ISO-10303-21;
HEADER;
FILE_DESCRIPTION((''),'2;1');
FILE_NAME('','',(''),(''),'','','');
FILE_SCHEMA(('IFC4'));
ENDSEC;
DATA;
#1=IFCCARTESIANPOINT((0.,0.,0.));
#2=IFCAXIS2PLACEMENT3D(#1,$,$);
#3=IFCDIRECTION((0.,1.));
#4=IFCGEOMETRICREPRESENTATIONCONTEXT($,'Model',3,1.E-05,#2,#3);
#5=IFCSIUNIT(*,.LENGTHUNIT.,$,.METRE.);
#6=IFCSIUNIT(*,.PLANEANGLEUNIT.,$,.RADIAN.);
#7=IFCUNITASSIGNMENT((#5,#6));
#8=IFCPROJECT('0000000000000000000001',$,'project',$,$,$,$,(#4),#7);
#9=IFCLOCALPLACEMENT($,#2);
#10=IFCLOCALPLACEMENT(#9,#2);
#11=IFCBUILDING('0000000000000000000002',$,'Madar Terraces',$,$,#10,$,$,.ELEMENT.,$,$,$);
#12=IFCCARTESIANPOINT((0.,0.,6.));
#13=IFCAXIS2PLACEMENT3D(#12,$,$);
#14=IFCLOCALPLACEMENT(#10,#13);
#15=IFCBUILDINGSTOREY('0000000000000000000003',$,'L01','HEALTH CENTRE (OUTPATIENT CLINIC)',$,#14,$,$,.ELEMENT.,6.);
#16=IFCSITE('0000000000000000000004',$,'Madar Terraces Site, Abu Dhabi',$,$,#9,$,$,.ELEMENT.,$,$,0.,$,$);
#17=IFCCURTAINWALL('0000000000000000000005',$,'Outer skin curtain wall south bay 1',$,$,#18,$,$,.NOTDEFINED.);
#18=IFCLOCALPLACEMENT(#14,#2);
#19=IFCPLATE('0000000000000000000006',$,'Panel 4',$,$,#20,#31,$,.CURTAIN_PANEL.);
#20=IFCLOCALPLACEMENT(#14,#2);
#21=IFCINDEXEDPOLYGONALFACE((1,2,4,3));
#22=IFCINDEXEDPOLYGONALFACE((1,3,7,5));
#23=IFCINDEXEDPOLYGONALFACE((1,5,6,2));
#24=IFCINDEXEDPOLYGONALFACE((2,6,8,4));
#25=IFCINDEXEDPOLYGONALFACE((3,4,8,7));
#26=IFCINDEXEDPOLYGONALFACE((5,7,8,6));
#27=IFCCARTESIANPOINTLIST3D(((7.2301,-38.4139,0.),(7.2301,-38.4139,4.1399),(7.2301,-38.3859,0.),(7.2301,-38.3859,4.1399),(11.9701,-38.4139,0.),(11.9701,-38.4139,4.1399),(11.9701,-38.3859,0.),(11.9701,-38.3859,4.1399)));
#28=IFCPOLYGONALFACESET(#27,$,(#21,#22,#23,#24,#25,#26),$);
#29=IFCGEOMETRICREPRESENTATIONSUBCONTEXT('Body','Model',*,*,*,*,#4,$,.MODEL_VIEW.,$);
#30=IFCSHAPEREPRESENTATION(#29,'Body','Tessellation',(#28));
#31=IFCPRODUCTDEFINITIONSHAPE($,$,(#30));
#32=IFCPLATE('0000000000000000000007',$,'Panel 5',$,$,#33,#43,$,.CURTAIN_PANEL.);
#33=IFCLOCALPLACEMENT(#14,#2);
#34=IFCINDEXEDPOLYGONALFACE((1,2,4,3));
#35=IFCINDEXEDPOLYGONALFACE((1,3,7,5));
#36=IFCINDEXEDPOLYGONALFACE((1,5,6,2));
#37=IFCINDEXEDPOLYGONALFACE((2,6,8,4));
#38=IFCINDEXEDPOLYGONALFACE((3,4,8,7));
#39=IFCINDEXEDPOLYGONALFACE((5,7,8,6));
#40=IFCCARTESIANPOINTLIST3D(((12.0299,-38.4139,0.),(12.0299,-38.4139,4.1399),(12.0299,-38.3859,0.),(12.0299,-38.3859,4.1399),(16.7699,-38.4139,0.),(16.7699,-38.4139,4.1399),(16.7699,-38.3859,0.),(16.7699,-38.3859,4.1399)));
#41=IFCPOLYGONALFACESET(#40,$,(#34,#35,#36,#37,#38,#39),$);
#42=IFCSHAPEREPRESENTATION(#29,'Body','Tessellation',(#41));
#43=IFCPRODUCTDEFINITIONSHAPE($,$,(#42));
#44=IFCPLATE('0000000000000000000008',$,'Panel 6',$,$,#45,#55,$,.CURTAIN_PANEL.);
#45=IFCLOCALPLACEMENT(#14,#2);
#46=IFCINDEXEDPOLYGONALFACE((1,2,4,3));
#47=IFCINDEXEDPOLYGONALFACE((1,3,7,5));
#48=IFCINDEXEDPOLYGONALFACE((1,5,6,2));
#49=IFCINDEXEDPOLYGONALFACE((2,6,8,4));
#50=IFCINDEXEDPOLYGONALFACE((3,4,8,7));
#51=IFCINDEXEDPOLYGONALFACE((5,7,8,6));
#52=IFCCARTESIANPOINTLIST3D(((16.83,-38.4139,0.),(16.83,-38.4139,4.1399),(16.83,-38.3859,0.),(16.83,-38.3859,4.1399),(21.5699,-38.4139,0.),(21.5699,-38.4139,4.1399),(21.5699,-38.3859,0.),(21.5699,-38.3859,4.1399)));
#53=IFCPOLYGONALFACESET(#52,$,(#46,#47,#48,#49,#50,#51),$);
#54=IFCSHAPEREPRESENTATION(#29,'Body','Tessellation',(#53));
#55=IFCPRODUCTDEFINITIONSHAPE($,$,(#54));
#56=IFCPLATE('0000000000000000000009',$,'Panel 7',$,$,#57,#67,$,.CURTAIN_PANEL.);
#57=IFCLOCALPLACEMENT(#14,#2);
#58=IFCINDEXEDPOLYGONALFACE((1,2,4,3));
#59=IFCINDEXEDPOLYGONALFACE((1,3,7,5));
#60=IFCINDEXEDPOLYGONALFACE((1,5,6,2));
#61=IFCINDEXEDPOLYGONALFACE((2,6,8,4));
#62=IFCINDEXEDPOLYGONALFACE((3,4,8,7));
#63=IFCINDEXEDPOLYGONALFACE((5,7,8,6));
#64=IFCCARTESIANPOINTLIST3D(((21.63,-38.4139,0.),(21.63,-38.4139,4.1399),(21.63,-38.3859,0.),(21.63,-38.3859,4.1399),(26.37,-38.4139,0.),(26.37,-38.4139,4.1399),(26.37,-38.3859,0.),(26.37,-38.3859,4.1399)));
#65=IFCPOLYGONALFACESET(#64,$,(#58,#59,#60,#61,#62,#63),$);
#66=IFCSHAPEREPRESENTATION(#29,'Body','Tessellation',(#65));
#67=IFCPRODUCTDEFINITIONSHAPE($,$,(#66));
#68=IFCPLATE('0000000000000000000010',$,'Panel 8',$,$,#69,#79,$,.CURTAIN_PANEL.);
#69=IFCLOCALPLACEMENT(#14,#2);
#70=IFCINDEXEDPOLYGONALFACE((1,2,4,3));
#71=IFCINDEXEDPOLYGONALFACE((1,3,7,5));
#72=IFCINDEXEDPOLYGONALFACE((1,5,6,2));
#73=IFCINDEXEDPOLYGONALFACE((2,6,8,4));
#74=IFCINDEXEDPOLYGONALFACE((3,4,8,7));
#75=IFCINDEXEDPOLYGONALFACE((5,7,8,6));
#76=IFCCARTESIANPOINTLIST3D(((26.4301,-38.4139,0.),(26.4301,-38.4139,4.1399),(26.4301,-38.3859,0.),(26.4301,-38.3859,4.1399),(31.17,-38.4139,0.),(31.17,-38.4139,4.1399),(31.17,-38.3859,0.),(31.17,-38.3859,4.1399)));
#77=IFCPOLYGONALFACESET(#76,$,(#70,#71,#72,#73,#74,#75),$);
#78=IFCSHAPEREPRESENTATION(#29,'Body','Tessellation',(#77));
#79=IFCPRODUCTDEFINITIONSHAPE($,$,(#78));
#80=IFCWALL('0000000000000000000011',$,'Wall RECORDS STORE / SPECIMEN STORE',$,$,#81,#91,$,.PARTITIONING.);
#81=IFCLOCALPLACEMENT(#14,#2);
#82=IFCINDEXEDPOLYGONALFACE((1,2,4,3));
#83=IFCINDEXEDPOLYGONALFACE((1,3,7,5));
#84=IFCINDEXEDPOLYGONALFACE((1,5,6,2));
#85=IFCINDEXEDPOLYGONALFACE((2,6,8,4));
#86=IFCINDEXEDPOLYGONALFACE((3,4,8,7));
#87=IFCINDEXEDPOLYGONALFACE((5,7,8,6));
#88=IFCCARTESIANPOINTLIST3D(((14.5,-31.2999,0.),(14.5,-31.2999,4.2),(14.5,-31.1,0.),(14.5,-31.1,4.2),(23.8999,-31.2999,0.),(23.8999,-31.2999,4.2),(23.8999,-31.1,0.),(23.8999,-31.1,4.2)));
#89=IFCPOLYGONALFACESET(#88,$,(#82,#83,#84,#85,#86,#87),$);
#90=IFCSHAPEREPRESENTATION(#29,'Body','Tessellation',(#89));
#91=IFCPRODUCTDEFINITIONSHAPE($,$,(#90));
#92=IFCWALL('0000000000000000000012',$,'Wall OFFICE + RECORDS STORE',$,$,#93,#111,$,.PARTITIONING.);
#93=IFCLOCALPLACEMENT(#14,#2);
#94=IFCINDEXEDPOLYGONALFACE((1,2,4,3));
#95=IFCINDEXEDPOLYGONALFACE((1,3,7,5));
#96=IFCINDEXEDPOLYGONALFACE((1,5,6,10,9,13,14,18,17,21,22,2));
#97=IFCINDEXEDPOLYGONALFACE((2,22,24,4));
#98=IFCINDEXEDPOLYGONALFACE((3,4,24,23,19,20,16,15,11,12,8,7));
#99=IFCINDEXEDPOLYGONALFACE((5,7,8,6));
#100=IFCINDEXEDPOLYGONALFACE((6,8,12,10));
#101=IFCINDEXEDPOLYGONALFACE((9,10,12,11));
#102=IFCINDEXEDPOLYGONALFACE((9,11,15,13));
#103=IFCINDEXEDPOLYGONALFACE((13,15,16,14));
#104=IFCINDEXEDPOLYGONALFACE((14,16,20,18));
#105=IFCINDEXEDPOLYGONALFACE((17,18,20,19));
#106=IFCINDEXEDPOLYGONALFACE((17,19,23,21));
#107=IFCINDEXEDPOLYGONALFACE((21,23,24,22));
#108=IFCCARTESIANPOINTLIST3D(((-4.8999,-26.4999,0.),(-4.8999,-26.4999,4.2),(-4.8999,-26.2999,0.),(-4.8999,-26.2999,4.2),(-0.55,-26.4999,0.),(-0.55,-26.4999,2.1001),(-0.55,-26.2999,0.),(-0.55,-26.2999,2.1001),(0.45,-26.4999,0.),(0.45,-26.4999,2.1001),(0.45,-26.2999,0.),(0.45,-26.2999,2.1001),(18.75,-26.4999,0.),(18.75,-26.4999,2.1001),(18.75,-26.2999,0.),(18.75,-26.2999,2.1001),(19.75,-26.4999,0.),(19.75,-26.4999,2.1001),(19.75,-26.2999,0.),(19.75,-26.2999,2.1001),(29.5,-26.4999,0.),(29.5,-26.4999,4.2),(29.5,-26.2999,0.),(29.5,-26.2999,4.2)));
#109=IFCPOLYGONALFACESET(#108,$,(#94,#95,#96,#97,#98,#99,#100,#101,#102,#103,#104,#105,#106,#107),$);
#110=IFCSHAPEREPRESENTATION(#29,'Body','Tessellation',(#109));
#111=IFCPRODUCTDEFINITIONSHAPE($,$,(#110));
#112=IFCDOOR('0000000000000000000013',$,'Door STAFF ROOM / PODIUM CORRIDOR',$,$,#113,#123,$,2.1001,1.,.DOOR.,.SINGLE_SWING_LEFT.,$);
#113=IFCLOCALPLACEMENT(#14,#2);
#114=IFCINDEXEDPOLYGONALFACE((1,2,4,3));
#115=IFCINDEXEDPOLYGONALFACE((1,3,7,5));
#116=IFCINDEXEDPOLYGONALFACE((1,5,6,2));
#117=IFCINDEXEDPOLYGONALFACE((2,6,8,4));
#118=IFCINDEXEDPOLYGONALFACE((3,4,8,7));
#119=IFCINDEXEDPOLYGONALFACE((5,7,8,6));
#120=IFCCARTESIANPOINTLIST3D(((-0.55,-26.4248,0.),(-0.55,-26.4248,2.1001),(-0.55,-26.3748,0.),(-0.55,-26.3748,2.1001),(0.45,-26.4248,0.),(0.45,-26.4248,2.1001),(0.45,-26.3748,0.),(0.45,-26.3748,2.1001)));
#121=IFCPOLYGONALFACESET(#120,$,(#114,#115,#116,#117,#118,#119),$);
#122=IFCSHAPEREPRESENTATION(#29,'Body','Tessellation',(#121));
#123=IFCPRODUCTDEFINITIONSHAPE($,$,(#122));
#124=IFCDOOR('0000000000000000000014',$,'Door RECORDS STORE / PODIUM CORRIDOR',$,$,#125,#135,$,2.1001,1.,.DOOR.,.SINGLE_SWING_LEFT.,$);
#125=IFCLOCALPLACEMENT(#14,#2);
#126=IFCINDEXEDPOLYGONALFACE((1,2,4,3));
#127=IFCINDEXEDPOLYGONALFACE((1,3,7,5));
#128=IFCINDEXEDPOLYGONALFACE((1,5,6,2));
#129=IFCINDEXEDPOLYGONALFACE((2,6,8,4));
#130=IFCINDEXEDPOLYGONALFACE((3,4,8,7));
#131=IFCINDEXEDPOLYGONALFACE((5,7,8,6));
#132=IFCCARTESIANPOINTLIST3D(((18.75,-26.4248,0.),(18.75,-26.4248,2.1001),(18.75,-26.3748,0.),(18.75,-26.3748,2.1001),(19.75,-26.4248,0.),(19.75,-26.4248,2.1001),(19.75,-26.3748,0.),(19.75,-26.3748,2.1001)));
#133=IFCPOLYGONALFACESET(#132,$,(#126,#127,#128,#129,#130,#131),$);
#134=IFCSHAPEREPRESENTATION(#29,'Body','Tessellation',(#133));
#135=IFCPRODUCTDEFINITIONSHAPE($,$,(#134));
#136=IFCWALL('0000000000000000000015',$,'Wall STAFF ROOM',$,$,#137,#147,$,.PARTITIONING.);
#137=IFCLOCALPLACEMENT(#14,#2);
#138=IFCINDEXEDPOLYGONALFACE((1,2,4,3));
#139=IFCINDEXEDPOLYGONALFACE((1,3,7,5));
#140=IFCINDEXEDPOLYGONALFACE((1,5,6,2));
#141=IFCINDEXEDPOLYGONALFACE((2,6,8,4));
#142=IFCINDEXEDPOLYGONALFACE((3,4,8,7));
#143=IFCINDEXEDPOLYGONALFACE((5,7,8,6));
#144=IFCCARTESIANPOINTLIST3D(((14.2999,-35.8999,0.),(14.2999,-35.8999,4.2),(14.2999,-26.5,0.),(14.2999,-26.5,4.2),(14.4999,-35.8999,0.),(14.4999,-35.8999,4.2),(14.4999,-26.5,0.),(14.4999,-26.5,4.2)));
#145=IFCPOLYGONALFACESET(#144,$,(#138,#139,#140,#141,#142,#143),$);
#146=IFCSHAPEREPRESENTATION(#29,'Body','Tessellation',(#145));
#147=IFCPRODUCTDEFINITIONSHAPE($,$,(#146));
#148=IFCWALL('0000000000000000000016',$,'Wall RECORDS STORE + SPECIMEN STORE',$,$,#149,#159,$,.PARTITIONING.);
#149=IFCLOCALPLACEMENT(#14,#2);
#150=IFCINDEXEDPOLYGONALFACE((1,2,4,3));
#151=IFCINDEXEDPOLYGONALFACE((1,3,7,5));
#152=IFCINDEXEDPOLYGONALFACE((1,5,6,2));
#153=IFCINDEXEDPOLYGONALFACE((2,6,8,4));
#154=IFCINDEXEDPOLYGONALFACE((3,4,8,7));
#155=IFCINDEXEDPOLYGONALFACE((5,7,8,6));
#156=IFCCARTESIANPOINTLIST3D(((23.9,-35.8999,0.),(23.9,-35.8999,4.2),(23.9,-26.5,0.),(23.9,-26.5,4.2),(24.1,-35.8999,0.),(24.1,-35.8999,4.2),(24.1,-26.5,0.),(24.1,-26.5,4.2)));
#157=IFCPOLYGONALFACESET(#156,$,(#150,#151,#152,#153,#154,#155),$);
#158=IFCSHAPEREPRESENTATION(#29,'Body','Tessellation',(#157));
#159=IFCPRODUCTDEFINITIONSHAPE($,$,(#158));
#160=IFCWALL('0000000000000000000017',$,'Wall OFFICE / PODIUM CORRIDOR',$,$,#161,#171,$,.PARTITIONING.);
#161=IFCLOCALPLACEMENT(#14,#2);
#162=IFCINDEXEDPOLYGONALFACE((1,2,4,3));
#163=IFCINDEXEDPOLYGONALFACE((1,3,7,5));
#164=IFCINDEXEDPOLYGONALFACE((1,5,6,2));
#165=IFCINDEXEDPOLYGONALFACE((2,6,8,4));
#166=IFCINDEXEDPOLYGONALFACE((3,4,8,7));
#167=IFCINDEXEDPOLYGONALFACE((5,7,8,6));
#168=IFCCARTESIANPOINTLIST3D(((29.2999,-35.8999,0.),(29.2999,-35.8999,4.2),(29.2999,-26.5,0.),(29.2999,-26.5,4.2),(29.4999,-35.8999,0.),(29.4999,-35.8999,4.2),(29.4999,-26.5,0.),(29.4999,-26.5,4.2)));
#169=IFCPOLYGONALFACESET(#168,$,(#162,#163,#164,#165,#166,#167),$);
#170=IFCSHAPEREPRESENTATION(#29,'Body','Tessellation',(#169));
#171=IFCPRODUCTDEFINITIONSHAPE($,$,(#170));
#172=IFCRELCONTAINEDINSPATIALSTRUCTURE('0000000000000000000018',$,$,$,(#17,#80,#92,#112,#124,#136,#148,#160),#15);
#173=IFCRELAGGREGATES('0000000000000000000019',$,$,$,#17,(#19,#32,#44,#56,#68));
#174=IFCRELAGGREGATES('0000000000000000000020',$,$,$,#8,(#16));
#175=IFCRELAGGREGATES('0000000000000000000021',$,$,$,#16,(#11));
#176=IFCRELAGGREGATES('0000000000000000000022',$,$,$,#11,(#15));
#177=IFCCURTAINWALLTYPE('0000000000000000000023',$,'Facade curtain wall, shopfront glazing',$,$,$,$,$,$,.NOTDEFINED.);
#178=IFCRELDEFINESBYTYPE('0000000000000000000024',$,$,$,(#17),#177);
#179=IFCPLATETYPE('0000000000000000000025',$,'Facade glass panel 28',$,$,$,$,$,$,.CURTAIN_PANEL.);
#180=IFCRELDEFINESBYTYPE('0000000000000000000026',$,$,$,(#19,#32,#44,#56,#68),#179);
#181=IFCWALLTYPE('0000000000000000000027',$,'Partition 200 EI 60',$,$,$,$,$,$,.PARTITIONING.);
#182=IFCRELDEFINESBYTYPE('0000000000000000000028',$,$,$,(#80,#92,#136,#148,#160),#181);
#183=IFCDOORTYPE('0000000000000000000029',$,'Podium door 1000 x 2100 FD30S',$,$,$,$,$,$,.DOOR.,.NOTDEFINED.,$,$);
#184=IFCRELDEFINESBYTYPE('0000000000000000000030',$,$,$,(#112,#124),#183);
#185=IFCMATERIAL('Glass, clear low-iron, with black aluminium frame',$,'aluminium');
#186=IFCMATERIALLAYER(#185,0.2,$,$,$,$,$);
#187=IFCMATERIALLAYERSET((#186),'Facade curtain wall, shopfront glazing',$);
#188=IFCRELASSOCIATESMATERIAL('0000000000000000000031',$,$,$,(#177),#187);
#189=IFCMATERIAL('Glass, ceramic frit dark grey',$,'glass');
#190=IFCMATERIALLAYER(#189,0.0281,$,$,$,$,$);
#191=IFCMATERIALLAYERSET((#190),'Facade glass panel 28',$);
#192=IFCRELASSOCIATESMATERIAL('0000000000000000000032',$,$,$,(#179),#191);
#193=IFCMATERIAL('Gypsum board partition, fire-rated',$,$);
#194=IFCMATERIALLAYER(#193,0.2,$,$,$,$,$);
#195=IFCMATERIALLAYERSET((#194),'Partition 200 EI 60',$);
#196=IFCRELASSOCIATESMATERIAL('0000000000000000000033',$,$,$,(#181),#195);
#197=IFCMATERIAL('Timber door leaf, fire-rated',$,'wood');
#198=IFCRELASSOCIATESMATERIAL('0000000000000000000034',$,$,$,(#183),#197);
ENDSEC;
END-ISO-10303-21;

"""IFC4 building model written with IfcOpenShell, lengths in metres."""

from ifc_helpers import new_model, si_unit, direction, frame, frame_2d, origin, origin_2d, place, context, subcontext, project, spatial, rectangle, extrude, material, layer, layer_set, type_object, element, fill, aggregate, save


model = new_model("IFC4")

# Units and contexts
model_context = context("Model", 3, precision=1e-05, world=origin(), true_north=direction((0.0, 1.0)))
body_context = subcontext(model_context, "Body", "Model", "MODEL_VIEW")
ifc_project = project(units=[si_unit("LENGTHUNIT", "METRE"), si_unit("PLANEANGLEUNIT", "RADIAN")], contexts=[model_context])

# Site, building, storey
site_placement = place(None, origin())
site = spatial("IfcSite", under=ifc_project, at=site_placement, Name="Madar Terraces Site, Abu Dhabi", CompositionType="ELEMENT", RefElevation=0.0)
building_placement = place(site_placement, origin())
building = spatial("IfcBuilding", under=site, at=building_placement, Name="Madar Terraces", CompositionType="ELEMENT")
storey_placement = place(building_placement, frame((0.0, 0.0, 6.0)))
storey = spatial("IfcBuildingStorey", under=building, at=storey_placement, Name="L01", Description="HEALTH CENTRE (OUTPATIENT CLINIC)", CompositionType="ELEMENT", Elevation=6.0)

# Curtain wall, plates
ifc_material_1 = material(Name="Glass, clear low-iron, with black aluminium frame", Category="aluminium")
ifc_layer_1 = layer(ifc_material_1, 0.2)
ifc_layer_set_1 = layer_set([ifc_layer_1], Name="Facade curtain wall, shopfront glazing")
curtain_wall_type = type_object("IfcCurtainWallType", Name="Facade curtain wall, shopfront glazing", PredefinedType="NOTDEFINED", material=ifc_layer_set_1)
curtain_wall_placement = place(storey_placement, origin())
curtain_wall = element("IfcCurtainWall", 1, at=curtain_wall_placement, inside=storey, type_object=curtain_wall_type, Name="Outer skin curtain wall south bay 1", PredefinedType="NOTDEFINED")
ifc_material_2 = material(Name="Glass, ceramic frit dark grey", Category="glass")
ifc_layer_2 = layer(ifc_material_2, 0.0281)
ifc_layer_set_2 = layer_set([ifc_layer_2], Name="Facade glass panel 28")
plate_type = type_object("IfcPlateType", Name="Facade glass panel 28", PredefinedType="CURTAIN_PANEL", material=ifc_layer_set_2)
plate_1_placement = place(storey_placement, frame((9.6001, -38.3999, 0.0), z_axis=(0.0, 0.0, 1.0), x_axis=(1.0, 0.0, 0.0)))
plate_1 = element("IfcPlate", 2, at=plate_1_placement, type_object=plate_type, Name="Panel 4", PredefinedType="CURTAIN_PANEL", context=body_context, shape_type="SweptSolid", body=[
    extrude(rectangle(XDim=4.74, YDim=0.0281, at=origin_2d()), origin(), (0.0, 0.0, 1.0), 4.1399),
])
plate_2_placement = place(storey_placement, frame((14.3999, -38.3999, 0.0), z_axis=(0.0, 0.0, 1.0), x_axis=(1.0, 0.0, 0.0)))
plate_2 = element("IfcPlate", 3, at=plate_2_placement, type_object=plate_type, Name="Panel 5", PredefinedType="CURTAIN_PANEL", context=body_context, shape_type="SweptSolid", body=[
    extrude(rectangle(XDim=4.74, YDim=0.0281, at=origin_2d()), origin(), (0.0, 0.0, 1.0), 4.1399),
])
plate_3_placement = place(storey_placement, frame((19.2, -38.3999, 0.0), z_axis=(0.0, 0.0, 1.0), x_axis=(1.0, 0.0, 0.0)))
plate_3 = element("IfcPlate", 4, at=plate_3_placement, type_object=plate_type, Name="Panel 6", PredefinedType="CURTAIN_PANEL", context=body_context, shape_type="SweptSolid", body=[
    extrude(rectangle(XDim=4.74, YDim=0.0281, at=origin_2d()), origin(), (0.0, 0.0, 1.0), 4.1399),
])
plate_4_placement = place(storey_placement, frame((24.0, -38.3999, 0.0), z_axis=(0.0, 0.0, 1.0), x_axis=(1.0, 0.0, 0.0)))
plate_4 = element("IfcPlate", 5, at=plate_4_placement, type_object=plate_type, Name="Panel 7", PredefinedType="CURTAIN_PANEL", context=body_context, shape_type="SweptSolid", body=[
    extrude(rectangle(XDim=4.74, YDim=0.0281, at=origin_2d()), origin(), (0.0, 0.0, 1.0), 4.1399),
])
plate_5_placement = place(storey_placement, frame((28.8, -38.3999, 0.0), z_axis=(0.0, 0.0, 1.0), x_axis=(1.0, 0.0, 0.0)))
plate_5 = element("IfcPlate", 6, at=plate_5_placement, type_object=plate_type, Name="Panel 8", PredefinedType="CURTAIN_PANEL", context=body_context, shape_type="SweptSolid", body=[
    extrude(rectangle(XDim=4.74, YDim=0.0281, at=origin_2d()), origin(), (0.0, 0.0, 1.0), 4.1399),
])
aggregate(curtain_wall, [plate_1, plate_2, plate_3, plate_4, plate_5])

# Wall
ifc_material_3 = material(Name="Gypsum board partition, fire-rated")
ifc_layer_3 = layer(ifc_material_3, 0.2)
ifc_layer_set_3 = layer_set([ifc_layer_3], Name="Partition 200 EI 60")
wall_type = type_object("IfcWallType", Name="Partition 200 EI 60", PredefinedType="PARTITIONING", material=ifc_layer_set_3)
wall_1_placement = place(storey_placement, frame((14.5, -31.2, 0.0), z_axis=(0.0, 0.0, 1.0), x_axis=(1.0, 0.0, 0.0)))
element("IfcWall", 7, at=wall_1_placement, inside=storey, type_object=wall_type, Name="Wall RECORDS STORE / SPECIMEN STORE", PredefinedType="PARTITIONING", context=body_context, shape_type="SweptSolid", body=[
    extrude(rectangle(XDim=9.3999, YDim=0.2, at=frame_2d((4.7, 0.0))), origin(), (0.0, 0.0, 1.0), 4.2),
])

# Wall, openings, doors
wall_2_placement = place(storey_placement, frame((29.5, -26.3999, 0.0), z_axis=(0.0, 0.0, 1.0), x_axis=(-1.0, 0.0, 0.0)))
wall_2 = element("IfcWall", 8, at=wall_2_placement, inside=storey, type_object=wall_type, Name="Wall OFFICE + RECORDS STORE", PredefinedType="PARTITIONING", context=body_context, shape_type="SweptSolid", body=[
    extrude(rectangle(XDim=34.3999, YDim=0.2, at=frame_2d((17.2, 0.0))), origin(), (0.0, 0.0, 1.0), 4.2),
])
opening_1_placement = place(wall_2_placement, frame((29.05, 0.0, 0.0)))
opening_1 = element("IfcOpeningElement", 9, at=opening_1_placement, cuts=wall_2, PredefinedType="OPENING", context=body_context, shape_type="SweptSolid", body=[
    extrude(rectangle(XDim=1.0, YDim=2.1001, at=frame_2d((0.5, 1.05))), frame((0.0, 0.1099, 0.0), z_axis=(0.0, -1.0, 0.0), x_axis=(1.0, 0.0, 0.0)), (0.0, 0.0, 1.0), 0.22),
])
opening_2_placement = place(wall_2_placement, frame((9.75, 0.0, 0.0)))
opening_2 = element("IfcOpeningElement", 10, at=opening_2_placement, cuts=wall_2, PredefinedType="OPENING", context=body_context, shape_type="SweptSolid", body=[
    extrude(rectangle(XDim=1.0, YDim=2.1001, at=frame_2d((0.5, 1.05))), frame((0.0, 0.1099, 0.0), z_axis=(0.0, -1.0, 0.0), x_axis=(1.0, 0.0, 0.0)), (0.0, 0.0, 1.0), 0.22),
])
ifc_material_4 = material(Name="Timber door leaf, fire-rated", Category="wood")
door_type = type_object("IfcDoorType", Name="Podium door 1000 x 2100 FD30S", OperationType="NOTDEFINED", PredefinedType="DOOR", material=ifc_material_4)
door_1_placement = place(opening_1_placement, origin())
door_1 = element("IfcDoor", 11, at=door_1_placement, inside=storey, type_object=door_type, Name="Door STAFF ROOM / PODIUM CORRIDOR", OperationType="SINGLE_SWING_LEFT", OverallHeight=2.1001, OverallWidth=1.0, PredefinedType="DOOR", context=body_context, shape_type="SweptSolid", body=[
    extrude(rectangle(XDim=1.0, YDim=2.1001, at=frame_2d((0.5, 1.05))), frame((0.0, 0.0249, 0.0), z_axis=(0.0, -1.0, 0.0), x_axis=(1.0, 0.0, 0.0)), (0.0, 0.0, 1.0), 0.05),
])
fill(opening_1, door_1)
door_2_placement = place(opening_2_placement, origin())
door_2 = element("IfcDoor", 12, at=door_2_placement, inside=storey, type_object=door_type, Name="Door RECORDS STORE / PODIUM CORRIDOR", OperationType="SINGLE_SWING_LEFT", OverallHeight=2.1001, OverallWidth=1.0, PredefinedType="DOOR", context=body_context, shape_type="SweptSolid", body=[
    extrude(rectangle(XDim=1.0, YDim=2.1001, at=frame_2d((0.5, 1.05))), frame((0.0, 0.0249, 0.0), z_axis=(0.0, -1.0, 0.0), x_axis=(1.0, 0.0, 0.0)), (0.0, 0.0, 1.0), 0.05),
])
fill(opening_2, door_2)

# Walls
for number, where, z_axis, x_axis, name in (
    (13, (14.3999, -35.8999, 0.0), (0.0, 0.0, 1.0), (0.0, 1.0, 0.0), "Wall STAFF ROOM"),
    (14, (24.0, -35.8999, 0.0), (0.0, 0.0, 1.0), (0.0, 1.0, 0.0), "Wall RECORDS STORE + SPECIMEN STORE"),
    (15, (29.3999, -35.8999, 0.0), (0.0, 0.0, 1.0), (0.0, 1.0, 0.0), "Wall OFFICE / PODIUM CORRIDOR"),
):
    element("IfcWall", number, at=place(storey_placement, frame(where, z_axis=z_axis, x_axis=x_axis)), inside=storey, type_object=wall_type, Name=name, PredefinedType="PARTITIONING", context=body_context, shape_type="SweptSolid", body=[
        extrude(rectangle(XDim=9.3999, YDim=0.2, at=frame_2d((4.7, 0.0))), origin(), (0.0, 0.0, 1.0), 4.2),
    ])

save(model, "model.ifc")
